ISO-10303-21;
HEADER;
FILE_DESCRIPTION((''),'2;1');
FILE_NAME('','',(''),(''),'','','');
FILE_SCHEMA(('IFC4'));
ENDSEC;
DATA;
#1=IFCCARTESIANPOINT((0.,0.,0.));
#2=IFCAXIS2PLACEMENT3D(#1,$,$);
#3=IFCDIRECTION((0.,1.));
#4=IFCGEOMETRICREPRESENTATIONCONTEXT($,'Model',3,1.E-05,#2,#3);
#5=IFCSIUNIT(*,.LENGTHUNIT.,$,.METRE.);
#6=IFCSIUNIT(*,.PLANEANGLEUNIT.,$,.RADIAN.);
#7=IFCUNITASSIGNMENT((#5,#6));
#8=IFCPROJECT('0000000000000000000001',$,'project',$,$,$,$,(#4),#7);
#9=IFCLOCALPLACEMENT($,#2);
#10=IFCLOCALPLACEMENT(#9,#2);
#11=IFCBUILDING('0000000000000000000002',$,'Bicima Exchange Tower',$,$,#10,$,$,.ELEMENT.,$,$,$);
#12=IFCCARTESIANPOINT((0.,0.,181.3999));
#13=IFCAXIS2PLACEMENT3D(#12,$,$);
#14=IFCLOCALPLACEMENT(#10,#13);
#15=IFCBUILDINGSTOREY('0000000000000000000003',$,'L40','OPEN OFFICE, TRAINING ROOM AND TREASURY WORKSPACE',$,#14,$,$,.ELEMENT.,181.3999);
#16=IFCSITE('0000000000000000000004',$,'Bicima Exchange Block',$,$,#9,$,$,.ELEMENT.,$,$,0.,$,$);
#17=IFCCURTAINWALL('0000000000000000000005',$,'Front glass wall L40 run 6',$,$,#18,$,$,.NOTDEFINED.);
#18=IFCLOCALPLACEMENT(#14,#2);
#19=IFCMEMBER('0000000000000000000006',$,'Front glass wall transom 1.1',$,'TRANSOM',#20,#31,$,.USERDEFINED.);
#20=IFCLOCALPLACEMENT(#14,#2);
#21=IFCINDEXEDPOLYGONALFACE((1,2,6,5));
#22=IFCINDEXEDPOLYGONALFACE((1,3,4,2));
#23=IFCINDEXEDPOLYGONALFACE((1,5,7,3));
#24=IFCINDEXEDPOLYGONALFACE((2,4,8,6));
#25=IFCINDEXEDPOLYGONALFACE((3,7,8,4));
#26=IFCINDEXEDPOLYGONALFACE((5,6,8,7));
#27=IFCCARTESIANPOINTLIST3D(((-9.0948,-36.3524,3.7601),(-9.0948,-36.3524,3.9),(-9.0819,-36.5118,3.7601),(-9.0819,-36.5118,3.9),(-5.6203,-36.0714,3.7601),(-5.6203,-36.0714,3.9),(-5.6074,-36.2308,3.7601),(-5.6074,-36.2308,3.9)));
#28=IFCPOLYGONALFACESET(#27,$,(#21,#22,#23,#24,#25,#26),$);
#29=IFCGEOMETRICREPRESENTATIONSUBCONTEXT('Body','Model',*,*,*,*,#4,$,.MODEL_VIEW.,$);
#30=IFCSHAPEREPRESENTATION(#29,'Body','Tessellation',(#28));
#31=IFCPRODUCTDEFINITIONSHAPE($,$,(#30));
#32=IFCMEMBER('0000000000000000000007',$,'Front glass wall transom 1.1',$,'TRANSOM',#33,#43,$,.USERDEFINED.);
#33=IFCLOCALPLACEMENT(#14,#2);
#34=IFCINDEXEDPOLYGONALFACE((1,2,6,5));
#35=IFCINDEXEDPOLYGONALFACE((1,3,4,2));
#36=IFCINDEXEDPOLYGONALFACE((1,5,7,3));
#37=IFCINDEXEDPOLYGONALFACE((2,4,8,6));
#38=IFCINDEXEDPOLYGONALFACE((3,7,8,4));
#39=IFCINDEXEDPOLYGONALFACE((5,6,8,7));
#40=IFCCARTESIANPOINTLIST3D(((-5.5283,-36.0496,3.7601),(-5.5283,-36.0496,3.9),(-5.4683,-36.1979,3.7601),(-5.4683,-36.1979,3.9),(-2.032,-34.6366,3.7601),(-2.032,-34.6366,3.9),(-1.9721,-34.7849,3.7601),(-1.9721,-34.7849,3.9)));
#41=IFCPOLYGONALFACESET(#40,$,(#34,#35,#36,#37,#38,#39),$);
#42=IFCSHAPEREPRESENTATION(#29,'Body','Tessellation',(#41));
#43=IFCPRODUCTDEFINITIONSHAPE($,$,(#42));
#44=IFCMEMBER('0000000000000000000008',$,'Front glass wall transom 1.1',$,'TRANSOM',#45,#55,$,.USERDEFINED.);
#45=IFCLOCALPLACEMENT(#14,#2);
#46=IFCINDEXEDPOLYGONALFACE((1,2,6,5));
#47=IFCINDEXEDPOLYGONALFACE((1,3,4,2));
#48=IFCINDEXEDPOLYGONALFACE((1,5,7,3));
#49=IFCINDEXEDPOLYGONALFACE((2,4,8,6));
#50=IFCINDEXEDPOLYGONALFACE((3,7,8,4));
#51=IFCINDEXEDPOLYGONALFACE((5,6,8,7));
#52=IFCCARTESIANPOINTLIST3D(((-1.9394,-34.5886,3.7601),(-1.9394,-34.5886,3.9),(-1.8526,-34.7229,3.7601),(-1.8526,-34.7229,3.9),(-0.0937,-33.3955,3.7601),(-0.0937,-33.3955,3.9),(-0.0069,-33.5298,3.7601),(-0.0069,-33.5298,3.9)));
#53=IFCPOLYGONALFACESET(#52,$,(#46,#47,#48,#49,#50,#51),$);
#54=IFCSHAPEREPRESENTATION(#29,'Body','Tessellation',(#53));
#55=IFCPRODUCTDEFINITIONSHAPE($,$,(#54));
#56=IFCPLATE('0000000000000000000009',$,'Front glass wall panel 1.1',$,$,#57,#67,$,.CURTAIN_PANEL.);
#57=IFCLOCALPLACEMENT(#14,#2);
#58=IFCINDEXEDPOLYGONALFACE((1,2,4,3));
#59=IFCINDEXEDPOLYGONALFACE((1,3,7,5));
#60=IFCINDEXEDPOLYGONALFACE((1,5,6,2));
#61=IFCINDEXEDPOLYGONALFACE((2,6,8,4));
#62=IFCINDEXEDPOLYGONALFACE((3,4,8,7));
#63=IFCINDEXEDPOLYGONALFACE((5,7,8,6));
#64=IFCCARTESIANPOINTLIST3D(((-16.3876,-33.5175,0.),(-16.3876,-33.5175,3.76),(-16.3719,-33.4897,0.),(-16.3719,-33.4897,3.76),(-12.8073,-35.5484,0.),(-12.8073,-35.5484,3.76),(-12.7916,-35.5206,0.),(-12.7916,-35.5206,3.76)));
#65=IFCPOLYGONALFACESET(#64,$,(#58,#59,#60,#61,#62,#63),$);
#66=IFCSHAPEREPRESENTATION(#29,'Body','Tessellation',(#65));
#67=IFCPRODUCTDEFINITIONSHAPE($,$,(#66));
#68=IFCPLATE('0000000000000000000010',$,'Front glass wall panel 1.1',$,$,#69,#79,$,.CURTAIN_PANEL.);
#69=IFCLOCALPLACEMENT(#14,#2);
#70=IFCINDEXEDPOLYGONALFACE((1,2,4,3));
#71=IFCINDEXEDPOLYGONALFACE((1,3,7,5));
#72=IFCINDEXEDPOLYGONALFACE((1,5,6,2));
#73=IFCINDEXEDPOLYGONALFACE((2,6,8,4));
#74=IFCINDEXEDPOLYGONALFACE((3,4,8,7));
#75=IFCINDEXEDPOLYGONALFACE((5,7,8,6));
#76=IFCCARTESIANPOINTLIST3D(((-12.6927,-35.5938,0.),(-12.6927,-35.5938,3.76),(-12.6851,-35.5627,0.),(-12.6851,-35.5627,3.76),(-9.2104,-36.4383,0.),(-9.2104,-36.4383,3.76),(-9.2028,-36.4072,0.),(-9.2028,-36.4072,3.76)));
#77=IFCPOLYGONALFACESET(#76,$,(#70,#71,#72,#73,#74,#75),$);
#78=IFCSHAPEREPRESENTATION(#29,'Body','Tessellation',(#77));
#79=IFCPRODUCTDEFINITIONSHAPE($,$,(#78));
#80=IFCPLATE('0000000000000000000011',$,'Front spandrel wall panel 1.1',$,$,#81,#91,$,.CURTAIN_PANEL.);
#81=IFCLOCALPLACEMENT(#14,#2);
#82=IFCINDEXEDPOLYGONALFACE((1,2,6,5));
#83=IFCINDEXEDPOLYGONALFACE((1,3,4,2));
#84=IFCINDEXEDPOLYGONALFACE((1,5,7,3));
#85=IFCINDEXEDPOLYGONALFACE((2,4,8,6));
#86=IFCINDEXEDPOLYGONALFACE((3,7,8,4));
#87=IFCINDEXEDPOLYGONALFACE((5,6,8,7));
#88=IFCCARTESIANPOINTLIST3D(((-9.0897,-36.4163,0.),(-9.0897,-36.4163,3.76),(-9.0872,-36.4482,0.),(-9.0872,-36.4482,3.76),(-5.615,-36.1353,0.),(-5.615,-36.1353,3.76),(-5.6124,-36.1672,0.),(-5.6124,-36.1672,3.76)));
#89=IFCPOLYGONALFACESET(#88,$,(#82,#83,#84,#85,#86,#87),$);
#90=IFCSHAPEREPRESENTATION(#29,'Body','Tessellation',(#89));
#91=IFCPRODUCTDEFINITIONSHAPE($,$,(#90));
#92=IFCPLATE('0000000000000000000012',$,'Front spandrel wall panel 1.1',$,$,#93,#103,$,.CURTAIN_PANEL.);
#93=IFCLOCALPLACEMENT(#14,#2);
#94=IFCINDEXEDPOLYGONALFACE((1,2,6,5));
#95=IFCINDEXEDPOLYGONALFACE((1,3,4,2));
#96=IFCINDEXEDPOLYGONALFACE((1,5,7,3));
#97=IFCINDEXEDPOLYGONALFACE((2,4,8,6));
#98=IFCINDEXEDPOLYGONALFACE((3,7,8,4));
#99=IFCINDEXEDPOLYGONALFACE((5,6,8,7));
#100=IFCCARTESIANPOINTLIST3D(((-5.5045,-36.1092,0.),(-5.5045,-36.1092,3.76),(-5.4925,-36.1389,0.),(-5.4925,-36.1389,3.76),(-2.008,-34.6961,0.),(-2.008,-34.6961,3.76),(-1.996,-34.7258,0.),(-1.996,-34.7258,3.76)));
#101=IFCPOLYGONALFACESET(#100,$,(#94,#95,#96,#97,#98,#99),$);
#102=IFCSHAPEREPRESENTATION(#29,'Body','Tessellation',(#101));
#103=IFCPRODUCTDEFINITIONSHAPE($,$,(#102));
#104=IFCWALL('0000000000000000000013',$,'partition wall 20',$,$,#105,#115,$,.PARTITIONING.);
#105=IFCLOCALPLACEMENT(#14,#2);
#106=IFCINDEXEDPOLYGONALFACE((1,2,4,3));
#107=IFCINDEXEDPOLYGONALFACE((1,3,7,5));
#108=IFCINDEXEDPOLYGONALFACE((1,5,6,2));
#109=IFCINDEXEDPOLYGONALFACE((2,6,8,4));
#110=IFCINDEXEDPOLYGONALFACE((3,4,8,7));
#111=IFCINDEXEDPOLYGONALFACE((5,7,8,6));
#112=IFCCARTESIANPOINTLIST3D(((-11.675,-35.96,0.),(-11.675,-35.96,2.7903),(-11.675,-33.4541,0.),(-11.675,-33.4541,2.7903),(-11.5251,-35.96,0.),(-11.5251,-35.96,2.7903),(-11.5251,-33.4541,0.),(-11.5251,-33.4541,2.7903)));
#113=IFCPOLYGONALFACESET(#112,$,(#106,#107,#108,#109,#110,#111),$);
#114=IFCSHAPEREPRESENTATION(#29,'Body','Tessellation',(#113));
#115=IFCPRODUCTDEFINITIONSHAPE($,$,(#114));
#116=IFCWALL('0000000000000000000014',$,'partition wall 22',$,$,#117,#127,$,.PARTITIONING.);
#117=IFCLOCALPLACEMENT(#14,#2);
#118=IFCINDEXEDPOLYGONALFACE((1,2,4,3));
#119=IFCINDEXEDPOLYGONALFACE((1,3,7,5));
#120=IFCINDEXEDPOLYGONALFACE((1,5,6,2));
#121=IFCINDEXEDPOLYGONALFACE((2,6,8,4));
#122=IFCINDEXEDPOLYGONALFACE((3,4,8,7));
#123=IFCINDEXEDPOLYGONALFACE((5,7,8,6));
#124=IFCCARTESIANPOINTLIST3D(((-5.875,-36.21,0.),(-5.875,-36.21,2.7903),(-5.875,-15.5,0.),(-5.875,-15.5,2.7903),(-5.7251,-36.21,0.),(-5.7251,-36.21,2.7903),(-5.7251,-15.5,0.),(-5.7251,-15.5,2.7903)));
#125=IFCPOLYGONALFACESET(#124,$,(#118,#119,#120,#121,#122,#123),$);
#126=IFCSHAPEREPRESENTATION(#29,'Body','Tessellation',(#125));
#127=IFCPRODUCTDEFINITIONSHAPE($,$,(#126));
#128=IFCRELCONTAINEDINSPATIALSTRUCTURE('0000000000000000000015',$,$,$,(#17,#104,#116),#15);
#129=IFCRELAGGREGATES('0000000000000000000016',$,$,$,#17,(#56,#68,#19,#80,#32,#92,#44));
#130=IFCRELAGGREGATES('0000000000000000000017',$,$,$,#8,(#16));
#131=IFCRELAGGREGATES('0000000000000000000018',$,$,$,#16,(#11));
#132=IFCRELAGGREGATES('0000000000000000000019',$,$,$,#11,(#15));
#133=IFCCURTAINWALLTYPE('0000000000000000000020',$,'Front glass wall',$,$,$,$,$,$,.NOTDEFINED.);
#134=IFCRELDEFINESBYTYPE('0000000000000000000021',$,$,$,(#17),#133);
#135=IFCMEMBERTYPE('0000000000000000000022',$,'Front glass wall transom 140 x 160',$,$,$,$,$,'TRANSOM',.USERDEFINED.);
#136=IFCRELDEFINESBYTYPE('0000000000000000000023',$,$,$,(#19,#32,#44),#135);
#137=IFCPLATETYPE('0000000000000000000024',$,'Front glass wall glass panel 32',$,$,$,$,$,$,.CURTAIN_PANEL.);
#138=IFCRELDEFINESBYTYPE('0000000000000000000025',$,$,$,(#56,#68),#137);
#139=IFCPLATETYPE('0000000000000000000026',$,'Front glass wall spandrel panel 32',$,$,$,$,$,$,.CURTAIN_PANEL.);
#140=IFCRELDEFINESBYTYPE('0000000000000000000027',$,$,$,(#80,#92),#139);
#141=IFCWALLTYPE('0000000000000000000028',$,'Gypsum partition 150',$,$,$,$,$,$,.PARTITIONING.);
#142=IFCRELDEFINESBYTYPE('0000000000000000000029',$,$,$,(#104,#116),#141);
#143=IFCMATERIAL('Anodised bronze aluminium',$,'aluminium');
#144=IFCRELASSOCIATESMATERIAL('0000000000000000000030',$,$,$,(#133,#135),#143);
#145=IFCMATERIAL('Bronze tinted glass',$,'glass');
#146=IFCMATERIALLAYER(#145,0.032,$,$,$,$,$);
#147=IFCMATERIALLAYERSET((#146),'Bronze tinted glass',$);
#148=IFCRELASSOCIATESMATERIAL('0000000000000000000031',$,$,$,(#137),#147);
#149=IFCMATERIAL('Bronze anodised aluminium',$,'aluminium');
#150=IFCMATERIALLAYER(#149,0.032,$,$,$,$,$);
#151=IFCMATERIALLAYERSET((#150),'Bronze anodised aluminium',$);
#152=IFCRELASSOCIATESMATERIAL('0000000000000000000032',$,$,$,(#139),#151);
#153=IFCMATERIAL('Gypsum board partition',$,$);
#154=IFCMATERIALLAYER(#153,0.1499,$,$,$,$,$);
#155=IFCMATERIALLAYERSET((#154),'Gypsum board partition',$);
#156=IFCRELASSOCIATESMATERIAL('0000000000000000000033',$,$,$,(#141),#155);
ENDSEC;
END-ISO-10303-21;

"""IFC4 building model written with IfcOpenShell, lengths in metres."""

from ifc_helpers import new_model, si_unit, direction, frame, frame_2d, origin, origin_2d, place, context, subcontext, project, spatial, rectangle, extrude, material, layer, layer_set, material_profile, profile_set, type_object, element, aggregate, save


model = new_model("IFC4")

# Units and contexts
model_context = context("Model", 3, precision=1e-05, world=origin(), true_north=direction((0.0, 1.0)))
body_context = subcontext(model_context, "Body", "Model", "MODEL_VIEW")
ifc_project = project(units=[si_unit("LENGTHUNIT", "METRE"), si_unit("PLANEANGLEUNIT", "RADIAN")], contexts=[model_context])

# Site, building, storey
site_placement = place(None, origin())
site = spatial("IfcSite", under=ifc_project, at=site_placement, Name="Bicima Exchange Block", CompositionType="ELEMENT", RefElevation=0.0)
building_placement = place(site_placement, origin())
building = spatial("IfcBuilding", under=site, at=building_placement, Name="Bicima Exchange Tower", CompositionType="ELEMENT")
storey_placement = place(building_placement, frame((0.0, 0.0, 181.3999)))
storey = spatial("IfcBuildingStorey", under=building, at=storey_placement, Name="L40", Description="OPEN OFFICE, TRAINING ROOM AND TREASURY WORKSPACE", CompositionType="ELEMENT", Elevation=181.3999)

# Curtain wall, members, plates
ifc_material_1 = material(Name="Anodised bronze aluminium", Category="aluminium")
curtain_wall_type = type_object("IfcCurtainWallType", Name="Front glass wall", PredefinedType="NOTDEFINED", material=ifc_material_1)
curtain_wall_placement = place(storey_placement, origin())
curtain_wall = element("IfcCurtainWall", 1, at=curtain_wall_placement, inside=storey, type_object=curtain_wall_type, Name="Front glass wall L40 run 6", PredefinedType="NOTDEFINED")
ifc_material_profile_1 = material_profile(ifc_material_1, rectangle(XDim=0.1599, YDim=0.1399, at=origin_2d()))
ifc_profile_set_1 = profile_set([ifc_material_profile_1], Name="Anodised bronze aluminium")
member_type_1 = type_object("IfcMemberType", Name="Front glass wall transom 140 x 160", ElementType="TRANSOM", PredefinedType="USERDEFINED", material=ifc_profile_set_1)
member_1_placement = place(storey_placement, frame((-9.0884, -36.4321, 3.8301), z_axis=(0.996746, 0.080611, 0.0), x_axis=(-0.080611, 0.996746, 0.0)))
member_1 = element("IfcMember", 2, at=member_1_placement, type_object=member_type_1, Name="Front glass wall transom 1.1", ObjectType="TRANSOM", PredefinedType="USERDEFINED", context=body_context, shape_type="SweptSolid", body=[
    extrude(rectangle(XDim=0.1599, YDim=0.1399, at=origin_2d()), origin(), (0.0, 0.0, 1.0), 3.4858),
])
member_2_placement = place(storey_placement, frame((-5.4983, -36.1238, 3.8301), z_axis=(0.92714, 0.374715, 0.0), x_axis=(-0.374715, 0.92714, 0.0)))
member_2 = element("IfcMember", 3, at=member_2_placement, type_object=member_type_1, Name="Front glass wall transom 1.1", ObjectType="TRANSOM", PredefinedType="USERDEFINED", context=body_context, shape_type="SweptSolid", body=[
    extrude(rectangle(XDim=0.1599, YDim=0.1399, at=origin_2d()), origin(), (0.0, 0.0, 1.0), 3.771),
])
member_3_placement = place(storey_placement, frame((-1.896, -34.6558, 3.8301), z_axis=(0.839811, 0.542878, 0.0), x_axis=(-0.542878, 0.839811, 0.0)))
member_3 = element("IfcMember", 4, at=member_3_placement, type_object=member_type_1, Name="Front glass wall transom 1.1", ObjectType="TRANSOM", PredefinedType="USERDEFINED", context=body_context, shape_type="SweptSolid", body=[
    extrude(rectangle(XDim=0.1599, YDim=0.1399, at=origin_2d()), origin(), (0.0, 0.0, 1.0), 2.1978),
])
ifc_material_2 = material(Name="Bronze tinted glass", Category="glass")
ifc_layer_1 = layer(ifc_material_2, 0.032)
ifc_layer_set_1 = layer_set([ifc_layer_1], Name="Bronze tinted glass")
plate_type_1 = type_object("IfcPlateType", Name="Front glass wall glass panel 32", PredefinedType="CURTAIN_PANEL", material=ifc_layer_set_1)
plate_1_placement = place(storey_placement, frame((-14.5896, -34.519, 0.0), z_axis=(0.0, 0.0, 1.0), x_axis=(0.869805, -0.493395, 0.0)))
plate_1 = element("IfcPlate", 5, at=plate_1_placement, type_object=plate_type_1, Name="Front glass wall panel 1.1", PredefinedType="CURTAIN_PANEL", context=body_context, shape_type="SweptSolid", body=[
    extrude(rectangle(XDim=4.1162, YDim=0.032, at=origin_2d()), origin(), (0.0, 0.0, 1.0), 3.76),
])
plate_2_placement = place(storey_placement, frame((-10.9478, -36.0005, 0.0), z_axis=(0.0, 0.0, 1.0), x_axis=(0.97183, -0.235682, 0.0)))
plate_2 = element("IfcPlate", 6, at=plate_2_placement, type_object=plate_type_1, Name="Front glass wall panel 1.1", PredefinedType="CURTAIN_PANEL", context=body_context, shape_type="SweptSolid", body=[
    extrude(rectangle(XDim=3.5833, YDim=0.032, at=origin_2d()), origin(), (0.0, 0.0, 1.0), 3.76),
])
ifc_material_3 = material(Name="Bronze anodised aluminium", Category="aluminium")
ifc_layer_2 = layer(ifc_material_3, 0.032)
ifc_layer_set_2 = layer_set([ifc_layer_2], Name="Bronze anodised aluminium")
plate_type_2 = type_object("IfcPlateType", Name="Front glass wall spandrel panel 32", PredefinedType="CURTAIN_PANEL", material=ifc_layer_set_2)
plate_3_placement = place(storey_placement, frame((-7.3511, -36.2917, 0.0), z_axis=(0.0, 0.0, 1.0), x_axis=(0.996747, 0.080589, 0.0)))
plate_3 = element("IfcPlate", 7, at=plate_3_placement, type_object=plate_type_2, Name="Front spandrel wall panel 1.1", PredefinedType="CURTAIN_PANEL", context=body_context, shape_type="SweptSolid", body=[
    extrude(rectangle(XDim=3.4861, YDim=0.032, at=origin_2d()), origin(), (0.0, 0.0, 1.0), 3.76),
])
plate_4_placement = place(storey_placement, frame((-3.7502, -35.4175, 0.0), z_axis=(0.0, 0.0, 1.0), x_axis=(0.927144, 0.374705, 0.0)))
plate_4 = element("IfcPlate", 8, at=plate_4_placement, type_object=plate_type_2, Name="Front spandrel wall panel 1.1", PredefinedType="CURTAIN_PANEL", context=body_context, shape_type="SweptSolid", body=[
    extrude(rectangle(XDim=3.7712, YDim=0.032, at=origin_2d()), origin(), (0.0, 0.0, 1.0), 3.76),
])
aggregate(curtain_wall, [plate_1, plate_2, member_1, plate_3, member_2, plate_4, member_3])

# Walls
ifc_material_4 = material(Name="Gypsum board partition")
ifc_layer_3 = layer(ifc_material_4, 0.1499)
ifc_layer_set_3 = layer_set([ifc_layer_3], Name="Gypsum board partition")
wall_type = type_object("IfcWallType", Name="Gypsum partition 150", PredefinedType="PARTITIONING", material=ifc_layer_set_3)
wall_1_placement = place(storey_placement, frame((-11.6001, -35.96, 0.0), z_axis=(0.0, 0.0, 1.0), x_axis=(0.0, 1.0, 0.0)))
element("IfcWall", 9, at=wall_1_placement, inside=storey, type_object=wall_type, Name="partition wall 20", PredefinedType="PARTITIONING", context=body_context, shape_type="SweptSolid", body=[
    extrude(rectangle(XDim=2.5059, YDim=0.1499, at=frame_2d((1.2529, 0.0))), origin(), (0.0, 0.0, 1.0), 2.7903),
])
wall_2_placement = place(storey_placement, frame((-5.8, -36.21, 0.0), z_axis=(0.0, 0.0, 1.0), x_axis=(0.0, 1.0, 0.0)))
element("IfcWall", 10, at=wall_2_placement, inside=storey, type_object=wall_type, Name="partition wall 22", PredefinedType="PARTITIONING", context=body_context, shape_type="SweptSolid", body=[
    extrude(rectangle(XDim=20.71, YDim=0.1499, at=frame_2d((10.355, 0.0))), origin(), (0.0, 0.0, 1.0), 2.7903),
])

save(model, "model.ifc")
